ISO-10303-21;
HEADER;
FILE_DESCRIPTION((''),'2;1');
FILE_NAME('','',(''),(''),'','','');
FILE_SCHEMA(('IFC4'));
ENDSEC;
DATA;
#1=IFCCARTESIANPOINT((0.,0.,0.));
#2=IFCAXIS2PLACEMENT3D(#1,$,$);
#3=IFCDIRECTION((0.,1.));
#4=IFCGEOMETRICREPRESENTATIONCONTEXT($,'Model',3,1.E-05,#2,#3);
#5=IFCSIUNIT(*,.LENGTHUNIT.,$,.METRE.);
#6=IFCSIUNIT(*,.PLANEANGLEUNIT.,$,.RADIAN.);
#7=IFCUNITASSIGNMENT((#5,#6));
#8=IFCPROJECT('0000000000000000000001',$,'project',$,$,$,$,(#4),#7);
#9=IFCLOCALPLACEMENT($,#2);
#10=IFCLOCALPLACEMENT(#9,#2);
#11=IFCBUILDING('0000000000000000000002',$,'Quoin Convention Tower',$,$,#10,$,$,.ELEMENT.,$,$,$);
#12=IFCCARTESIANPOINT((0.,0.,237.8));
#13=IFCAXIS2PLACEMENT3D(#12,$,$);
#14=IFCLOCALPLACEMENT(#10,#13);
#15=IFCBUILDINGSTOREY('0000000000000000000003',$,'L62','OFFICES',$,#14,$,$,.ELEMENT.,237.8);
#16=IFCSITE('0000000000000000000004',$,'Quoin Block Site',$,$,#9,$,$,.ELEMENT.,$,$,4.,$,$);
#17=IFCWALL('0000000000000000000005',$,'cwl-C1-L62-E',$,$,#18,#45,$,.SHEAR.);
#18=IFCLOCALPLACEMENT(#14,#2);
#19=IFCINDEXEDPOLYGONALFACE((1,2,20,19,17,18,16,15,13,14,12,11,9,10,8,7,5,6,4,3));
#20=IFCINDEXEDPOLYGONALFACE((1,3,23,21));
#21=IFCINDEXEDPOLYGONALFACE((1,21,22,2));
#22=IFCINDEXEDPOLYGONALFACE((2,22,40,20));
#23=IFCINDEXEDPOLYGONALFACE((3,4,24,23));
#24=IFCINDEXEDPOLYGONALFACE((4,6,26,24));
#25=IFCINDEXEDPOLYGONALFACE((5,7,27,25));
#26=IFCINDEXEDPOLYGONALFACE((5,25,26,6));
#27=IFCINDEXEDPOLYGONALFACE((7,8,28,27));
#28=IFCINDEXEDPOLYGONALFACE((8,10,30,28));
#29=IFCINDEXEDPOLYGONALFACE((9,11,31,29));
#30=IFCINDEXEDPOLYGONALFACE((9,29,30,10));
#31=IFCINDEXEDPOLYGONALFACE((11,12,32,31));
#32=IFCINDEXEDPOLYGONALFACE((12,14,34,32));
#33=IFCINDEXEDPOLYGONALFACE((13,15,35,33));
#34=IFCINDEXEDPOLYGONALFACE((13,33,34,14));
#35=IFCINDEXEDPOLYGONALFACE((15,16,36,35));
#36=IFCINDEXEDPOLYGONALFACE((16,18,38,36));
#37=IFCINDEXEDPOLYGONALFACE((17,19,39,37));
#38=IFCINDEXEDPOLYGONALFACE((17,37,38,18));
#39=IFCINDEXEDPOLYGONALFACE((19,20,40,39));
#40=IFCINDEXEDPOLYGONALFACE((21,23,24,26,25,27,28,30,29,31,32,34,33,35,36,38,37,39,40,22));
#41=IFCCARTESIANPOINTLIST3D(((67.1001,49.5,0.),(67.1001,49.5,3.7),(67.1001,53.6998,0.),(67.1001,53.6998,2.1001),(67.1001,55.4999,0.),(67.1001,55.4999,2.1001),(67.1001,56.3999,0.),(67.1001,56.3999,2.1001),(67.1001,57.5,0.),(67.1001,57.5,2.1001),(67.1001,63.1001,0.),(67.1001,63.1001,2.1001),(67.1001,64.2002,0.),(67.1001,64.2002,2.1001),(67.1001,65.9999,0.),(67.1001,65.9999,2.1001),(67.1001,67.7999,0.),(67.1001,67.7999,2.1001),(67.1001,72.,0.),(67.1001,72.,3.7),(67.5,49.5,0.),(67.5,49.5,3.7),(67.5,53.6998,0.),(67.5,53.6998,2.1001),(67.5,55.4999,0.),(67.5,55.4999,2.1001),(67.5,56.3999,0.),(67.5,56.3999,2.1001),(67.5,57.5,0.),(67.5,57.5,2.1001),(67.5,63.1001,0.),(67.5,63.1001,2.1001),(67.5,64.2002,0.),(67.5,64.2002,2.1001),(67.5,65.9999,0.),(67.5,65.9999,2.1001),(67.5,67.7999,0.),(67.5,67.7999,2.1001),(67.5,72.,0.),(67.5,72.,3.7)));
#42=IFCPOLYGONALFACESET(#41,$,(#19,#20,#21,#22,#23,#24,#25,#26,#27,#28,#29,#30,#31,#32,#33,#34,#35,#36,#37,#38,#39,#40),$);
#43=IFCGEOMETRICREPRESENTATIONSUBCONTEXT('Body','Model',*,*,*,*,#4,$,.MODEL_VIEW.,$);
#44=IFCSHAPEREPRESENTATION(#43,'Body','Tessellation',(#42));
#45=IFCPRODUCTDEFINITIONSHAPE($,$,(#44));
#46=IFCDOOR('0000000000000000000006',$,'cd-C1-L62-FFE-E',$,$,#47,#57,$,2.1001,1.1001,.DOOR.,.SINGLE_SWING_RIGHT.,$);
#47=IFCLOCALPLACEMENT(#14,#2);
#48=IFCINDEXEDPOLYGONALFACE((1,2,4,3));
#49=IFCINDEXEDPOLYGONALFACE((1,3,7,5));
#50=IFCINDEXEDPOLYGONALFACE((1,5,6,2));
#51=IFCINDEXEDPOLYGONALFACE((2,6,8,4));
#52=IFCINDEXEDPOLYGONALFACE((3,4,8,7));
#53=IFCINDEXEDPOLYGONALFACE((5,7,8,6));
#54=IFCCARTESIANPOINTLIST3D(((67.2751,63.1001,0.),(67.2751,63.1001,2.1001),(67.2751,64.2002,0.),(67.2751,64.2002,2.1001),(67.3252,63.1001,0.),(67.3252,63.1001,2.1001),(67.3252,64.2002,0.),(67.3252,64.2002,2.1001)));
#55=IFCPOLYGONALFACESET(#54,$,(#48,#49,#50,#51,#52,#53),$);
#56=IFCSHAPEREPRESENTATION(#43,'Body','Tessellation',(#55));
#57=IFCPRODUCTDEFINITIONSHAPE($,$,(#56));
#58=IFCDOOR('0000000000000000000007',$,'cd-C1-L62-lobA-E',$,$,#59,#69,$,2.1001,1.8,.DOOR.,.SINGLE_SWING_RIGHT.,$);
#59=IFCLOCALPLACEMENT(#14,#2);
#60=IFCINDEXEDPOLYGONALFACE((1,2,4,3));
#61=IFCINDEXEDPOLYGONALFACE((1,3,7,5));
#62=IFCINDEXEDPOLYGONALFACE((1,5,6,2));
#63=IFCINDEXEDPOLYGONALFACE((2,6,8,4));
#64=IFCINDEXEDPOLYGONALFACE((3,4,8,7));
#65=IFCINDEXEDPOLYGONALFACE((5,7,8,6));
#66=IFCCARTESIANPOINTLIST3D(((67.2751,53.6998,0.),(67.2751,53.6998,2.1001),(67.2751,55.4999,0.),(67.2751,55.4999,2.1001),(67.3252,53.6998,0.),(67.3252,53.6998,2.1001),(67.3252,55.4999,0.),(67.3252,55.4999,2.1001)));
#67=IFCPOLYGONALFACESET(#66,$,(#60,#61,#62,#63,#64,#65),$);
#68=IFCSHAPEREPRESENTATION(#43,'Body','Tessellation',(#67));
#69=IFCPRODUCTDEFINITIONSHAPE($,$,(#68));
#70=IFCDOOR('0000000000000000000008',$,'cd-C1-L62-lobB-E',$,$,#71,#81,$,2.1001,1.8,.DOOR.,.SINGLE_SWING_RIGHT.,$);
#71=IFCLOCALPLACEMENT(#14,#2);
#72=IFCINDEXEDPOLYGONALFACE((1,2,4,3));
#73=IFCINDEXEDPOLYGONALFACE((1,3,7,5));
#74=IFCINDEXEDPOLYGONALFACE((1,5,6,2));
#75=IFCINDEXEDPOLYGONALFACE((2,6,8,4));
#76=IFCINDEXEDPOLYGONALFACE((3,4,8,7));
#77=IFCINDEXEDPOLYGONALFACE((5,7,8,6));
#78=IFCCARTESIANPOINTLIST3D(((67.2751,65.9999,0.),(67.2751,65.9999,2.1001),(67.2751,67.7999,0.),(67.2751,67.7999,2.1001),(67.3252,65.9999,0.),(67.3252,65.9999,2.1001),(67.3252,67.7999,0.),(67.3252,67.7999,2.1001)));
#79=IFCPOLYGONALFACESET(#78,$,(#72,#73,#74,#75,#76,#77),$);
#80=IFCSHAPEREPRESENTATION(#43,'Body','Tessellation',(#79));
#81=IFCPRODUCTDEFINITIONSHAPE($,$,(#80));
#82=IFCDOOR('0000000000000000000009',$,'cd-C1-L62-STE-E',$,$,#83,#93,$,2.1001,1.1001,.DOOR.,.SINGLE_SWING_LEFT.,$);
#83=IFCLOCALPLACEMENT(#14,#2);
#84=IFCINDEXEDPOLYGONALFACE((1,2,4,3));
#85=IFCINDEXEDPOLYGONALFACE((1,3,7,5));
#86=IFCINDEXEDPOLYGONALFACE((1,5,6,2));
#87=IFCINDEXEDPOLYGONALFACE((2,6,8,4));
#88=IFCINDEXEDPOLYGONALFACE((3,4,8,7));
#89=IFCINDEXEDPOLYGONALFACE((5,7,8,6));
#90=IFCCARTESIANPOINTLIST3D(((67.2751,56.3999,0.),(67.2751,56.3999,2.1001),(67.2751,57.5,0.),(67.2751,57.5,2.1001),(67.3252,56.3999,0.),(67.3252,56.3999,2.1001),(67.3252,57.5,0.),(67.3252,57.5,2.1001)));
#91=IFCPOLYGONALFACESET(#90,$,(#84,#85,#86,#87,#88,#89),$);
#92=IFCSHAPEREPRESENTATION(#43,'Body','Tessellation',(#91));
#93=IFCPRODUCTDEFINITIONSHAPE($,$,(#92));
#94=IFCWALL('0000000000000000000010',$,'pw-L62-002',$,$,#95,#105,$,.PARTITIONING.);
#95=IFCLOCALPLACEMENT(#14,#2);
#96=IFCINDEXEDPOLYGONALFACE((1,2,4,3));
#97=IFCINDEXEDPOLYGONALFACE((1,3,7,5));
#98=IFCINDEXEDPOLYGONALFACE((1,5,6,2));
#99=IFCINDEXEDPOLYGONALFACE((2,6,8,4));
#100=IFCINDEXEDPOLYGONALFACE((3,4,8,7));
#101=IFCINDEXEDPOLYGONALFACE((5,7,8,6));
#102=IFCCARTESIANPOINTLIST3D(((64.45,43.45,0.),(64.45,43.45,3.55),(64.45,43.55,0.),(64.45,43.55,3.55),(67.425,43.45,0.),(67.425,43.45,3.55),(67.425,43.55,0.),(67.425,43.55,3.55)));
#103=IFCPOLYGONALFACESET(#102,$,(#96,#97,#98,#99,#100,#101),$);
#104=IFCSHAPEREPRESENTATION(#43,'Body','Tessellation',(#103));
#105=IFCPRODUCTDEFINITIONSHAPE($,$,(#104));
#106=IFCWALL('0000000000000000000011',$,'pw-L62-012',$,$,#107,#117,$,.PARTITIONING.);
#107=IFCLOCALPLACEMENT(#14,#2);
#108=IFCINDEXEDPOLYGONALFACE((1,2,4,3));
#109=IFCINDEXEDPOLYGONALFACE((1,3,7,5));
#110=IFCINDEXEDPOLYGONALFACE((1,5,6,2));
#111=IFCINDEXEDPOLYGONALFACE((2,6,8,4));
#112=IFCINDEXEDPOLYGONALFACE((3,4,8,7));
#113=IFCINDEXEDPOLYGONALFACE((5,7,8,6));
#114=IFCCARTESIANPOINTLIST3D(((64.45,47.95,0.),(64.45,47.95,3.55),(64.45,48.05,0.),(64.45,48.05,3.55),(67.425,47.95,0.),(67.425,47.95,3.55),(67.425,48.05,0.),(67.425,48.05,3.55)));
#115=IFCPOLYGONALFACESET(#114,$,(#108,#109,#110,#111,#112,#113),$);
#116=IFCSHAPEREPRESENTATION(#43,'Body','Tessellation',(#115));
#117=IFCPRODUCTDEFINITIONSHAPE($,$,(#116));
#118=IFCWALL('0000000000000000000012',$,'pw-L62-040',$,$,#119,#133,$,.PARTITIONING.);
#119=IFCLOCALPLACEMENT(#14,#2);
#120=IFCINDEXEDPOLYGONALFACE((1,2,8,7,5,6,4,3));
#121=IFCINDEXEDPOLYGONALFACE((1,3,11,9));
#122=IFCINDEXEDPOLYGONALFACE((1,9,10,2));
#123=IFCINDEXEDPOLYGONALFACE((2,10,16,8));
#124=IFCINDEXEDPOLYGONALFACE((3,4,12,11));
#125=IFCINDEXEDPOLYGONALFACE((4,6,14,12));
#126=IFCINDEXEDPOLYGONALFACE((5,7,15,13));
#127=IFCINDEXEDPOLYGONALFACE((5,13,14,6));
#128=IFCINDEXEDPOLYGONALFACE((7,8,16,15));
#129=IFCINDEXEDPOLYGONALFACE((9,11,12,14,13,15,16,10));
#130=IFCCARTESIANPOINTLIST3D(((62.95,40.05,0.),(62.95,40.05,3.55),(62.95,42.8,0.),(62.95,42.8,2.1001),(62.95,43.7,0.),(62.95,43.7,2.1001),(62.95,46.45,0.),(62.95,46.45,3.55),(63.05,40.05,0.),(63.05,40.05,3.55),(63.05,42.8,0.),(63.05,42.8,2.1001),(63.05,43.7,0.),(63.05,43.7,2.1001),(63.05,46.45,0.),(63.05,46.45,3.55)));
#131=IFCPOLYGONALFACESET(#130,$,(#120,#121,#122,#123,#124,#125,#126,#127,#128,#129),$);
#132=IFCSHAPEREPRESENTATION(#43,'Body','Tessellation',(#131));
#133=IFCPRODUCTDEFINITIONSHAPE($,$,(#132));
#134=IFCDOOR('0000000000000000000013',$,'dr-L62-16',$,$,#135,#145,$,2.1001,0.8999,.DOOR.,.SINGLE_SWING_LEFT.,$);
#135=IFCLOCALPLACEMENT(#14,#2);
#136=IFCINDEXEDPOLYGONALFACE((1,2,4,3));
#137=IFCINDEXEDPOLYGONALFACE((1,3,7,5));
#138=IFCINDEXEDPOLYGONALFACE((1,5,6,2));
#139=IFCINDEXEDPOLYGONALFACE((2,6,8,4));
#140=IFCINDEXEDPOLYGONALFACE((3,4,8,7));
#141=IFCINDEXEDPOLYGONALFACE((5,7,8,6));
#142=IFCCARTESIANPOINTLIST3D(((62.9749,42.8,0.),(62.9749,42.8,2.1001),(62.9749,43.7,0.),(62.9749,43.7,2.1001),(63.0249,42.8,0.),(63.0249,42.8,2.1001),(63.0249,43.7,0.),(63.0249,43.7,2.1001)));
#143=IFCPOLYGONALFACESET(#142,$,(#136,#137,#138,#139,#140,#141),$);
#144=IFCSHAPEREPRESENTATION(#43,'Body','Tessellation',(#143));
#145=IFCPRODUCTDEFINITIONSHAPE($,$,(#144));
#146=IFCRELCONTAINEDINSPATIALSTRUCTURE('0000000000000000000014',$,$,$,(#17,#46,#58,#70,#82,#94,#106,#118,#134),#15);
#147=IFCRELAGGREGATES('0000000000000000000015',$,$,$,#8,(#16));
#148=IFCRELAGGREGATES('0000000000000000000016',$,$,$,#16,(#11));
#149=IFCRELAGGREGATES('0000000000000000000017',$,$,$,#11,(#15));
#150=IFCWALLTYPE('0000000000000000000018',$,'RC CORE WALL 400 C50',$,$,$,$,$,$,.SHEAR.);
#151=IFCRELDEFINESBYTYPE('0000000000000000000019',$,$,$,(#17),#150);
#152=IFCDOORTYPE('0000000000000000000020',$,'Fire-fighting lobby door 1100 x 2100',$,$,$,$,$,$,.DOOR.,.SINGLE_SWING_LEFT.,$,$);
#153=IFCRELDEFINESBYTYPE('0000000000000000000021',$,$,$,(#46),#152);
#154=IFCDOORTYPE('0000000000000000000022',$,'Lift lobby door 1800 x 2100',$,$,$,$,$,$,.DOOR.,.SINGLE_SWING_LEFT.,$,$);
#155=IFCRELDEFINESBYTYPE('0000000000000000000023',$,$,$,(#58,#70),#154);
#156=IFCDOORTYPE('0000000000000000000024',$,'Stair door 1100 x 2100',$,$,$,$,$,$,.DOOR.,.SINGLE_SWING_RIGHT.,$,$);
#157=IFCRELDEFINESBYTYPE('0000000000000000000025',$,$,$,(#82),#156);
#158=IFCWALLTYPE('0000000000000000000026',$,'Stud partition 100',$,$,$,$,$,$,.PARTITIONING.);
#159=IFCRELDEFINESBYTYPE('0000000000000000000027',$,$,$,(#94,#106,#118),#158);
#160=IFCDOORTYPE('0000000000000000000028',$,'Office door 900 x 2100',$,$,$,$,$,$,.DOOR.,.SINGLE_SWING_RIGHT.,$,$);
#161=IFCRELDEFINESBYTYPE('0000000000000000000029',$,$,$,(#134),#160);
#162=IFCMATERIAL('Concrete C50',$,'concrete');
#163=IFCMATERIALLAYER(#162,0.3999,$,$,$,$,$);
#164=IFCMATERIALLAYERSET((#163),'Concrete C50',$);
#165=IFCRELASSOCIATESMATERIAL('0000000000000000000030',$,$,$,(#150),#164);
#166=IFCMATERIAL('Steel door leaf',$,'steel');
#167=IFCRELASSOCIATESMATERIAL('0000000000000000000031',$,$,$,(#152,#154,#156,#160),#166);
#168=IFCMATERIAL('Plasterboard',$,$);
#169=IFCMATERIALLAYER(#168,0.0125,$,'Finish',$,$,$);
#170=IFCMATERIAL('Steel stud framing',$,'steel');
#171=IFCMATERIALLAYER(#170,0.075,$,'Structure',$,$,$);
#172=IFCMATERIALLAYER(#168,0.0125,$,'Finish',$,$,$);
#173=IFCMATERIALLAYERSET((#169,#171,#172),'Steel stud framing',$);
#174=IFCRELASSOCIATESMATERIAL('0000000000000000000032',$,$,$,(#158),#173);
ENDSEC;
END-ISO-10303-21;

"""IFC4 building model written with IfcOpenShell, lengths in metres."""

from ifc_helpers import new_model, si_unit, direction, frame, frame_2d, origin, place, context, subcontext, project, spatial, rectangle, extrude, material, layer, layer_set, type_object, element, fill, save


model = new_model("IFC4")

# Units and contexts
model_context = context("Model", 3, precision=1e-05, world=origin(), true_north=direction((0.0, 1.0)))
body_context = subcontext(model_context, "Body", "Model", "MODEL_VIEW")
ifc_project = project(units=[si_unit("LENGTHUNIT", "METRE"), si_unit("PLANEANGLEUNIT", "RADIAN")], contexts=[model_context])

# Site, building, storey
site_placement = place(None, origin())
site = spatial("IfcSite", under=ifc_project, at=site_placement, Name="Quoin Block Site", CompositionType="ELEMENT", RefElevation=4.0)
building_placement = place(site_placement, origin())
building = spatial("IfcBuilding", under=site, at=building_placement, Name="Quoin Convention Tower", CompositionType="ELEMENT")
storey_placement = place(building_placement, frame((0.0, 0.0, 237.8)))
storey = spatial("IfcBuildingStorey", under=building, at=storey_placement, Name="L62", Description="OFFICES", CompositionType="ELEMENT", Elevation=237.8)

# Shared definitions
ifc_material_1 = material(Name="Concrete C50", Category="concrete")

# Shared definitions
ifc_material_2 = material(Name="Plasterboard")
ifc_material_3 = material(Name="Steel stud framing", Category="steel")

# Shared definitions
ifc_material_4 = material(Name="Steel door leaf", Category="steel")

# Wall, openings, doors
ifc_layer_1 = layer(ifc_material_1, 0.3999)
ifc_layer_set_1 = layer_set([ifc_layer_1], Name="Concrete C50")
wall_type_1 = type_object("IfcWallType", Name="RC CORE WALL 400 C50", PredefinedType="SHEAR", material=ifc_layer_set_1)
wall_1_placement = place(storey_placement, frame((67.3, 49.5, 0.0), z_axis=(0.0, 0.0, 1.0), x_axis=(0.0, 1.0, 0.0)))
wall_1 = element("IfcWall", 1, at=wall_1_placement, inside=storey, type_object=wall_type_1, Name="cwl-C1-L62-E", PredefinedType="SHEAR", context=body_context, shape_type="SweptSolid", body=[
    extrude(rectangle(XDim=22.5, YDim=0.3999, at=frame_2d((11.25, 0.0))), origin(), (0.0, 0.0, 1.0), 3.7),
])
opening_1_placement = place(wall_1_placement, frame((4.2, 0.0, 0.0)))
opening_1 = element("IfcOpeningElement", 2, at=opening_1_placement, cuts=wall_1, PredefinedType="OPENING", context=body_context, shape_type="SweptSolid", body=[
    extrude(rectangle(XDim=1.8, YDim=2.1001, at=frame_2d((0.8999, 1.05))), frame((0.0, 0.21, 0.0), z_axis=(0.0, -1.0, 0.0), x_axis=(1.0, 0.0, 0.0)), (0.0, 0.0, 1.0), 0.4199),
])
opening_2_placement = place(wall_1_placement, frame((6.8999, 0.0, 0.0)))
opening_2 = element("IfcOpeningElement", 3, at=opening_2_placement, cuts=wall_1, PredefinedType="OPENING", context=body_context, shape_type="SweptSolid", body=[
    extrude(rectangle(XDim=1.1001, YDim=2.1001, at=frame_2d((0.55, 1.05))), frame((0.0, 0.21, 0.0), z_axis=(0.0, -1.0, 0.0), x_axis=(1.0, 0.0, 0.0)), (0.0, 0.0, 1.0), 0.4199),
])
opening_3_placement = place(wall_1_placement, frame((13.6001, 0.0, 0.0)))
opening_3 = element("IfcOpeningElement", 4, at=opening_3_placement, cuts=wall_1, PredefinedType="OPENING", context=body_context, shape_type="SweptSolid", body=[
    extrude(rectangle(XDim=1.1001, YDim=2.1001, at=frame_2d((0.55, 1.05))), frame((0.0, 0.21, 0.0), z_axis=(0.0, -1.0, 0.0), x_axis=(1.0, 0.0, 0.0)), (0.0, 0.0, 1.0), 0.4199),
])
opening_4_placement = place(wall_1_placement, frame((16.5, 0.0, 0.0)))
opening_4 = element("IfcOpeningElement", 5, at=opening_4_placement, cuts=wall_1, PredefinedType="OPENING", context=body_context, shape_type="SweptSolid", body=[
    extrude(rectangle(XDim=1.8, YDim=2.1001, at=frame_2d((0.8999, 1.05))), frame((0.0, 0.21, 0.0), z_axis=(0.0, -1.0, 0.0), x_axis=(1.0, 0.0, 0.0)), (0.0, 0.0, 1.0), 0.4199),
])
door_type_1 = type_object("IfcDoorType", Name="Fire-fighting lobby door 1100 x 2100", OperationType="SINGLE_SWING_LEFT", PredefinedType="DOOR", material=ifc_material_4)
door_1_placement = place(opening_3_placement, origin())
door_1 = element("IfcDoor", 6, at=door_1_placement, inside=storey, type_object=door_type_1, Name="cd-C1-L62-FFE-E", OperationType="SINGLE_SWING_RIGHT", OverallHeight=2.1001, OverallWidth=1.1001, PredefinedType="DOOR", context=body_context, shape_type="SweptSolid", body=[
    extrude(rectangle(XDim=1.1001, YDim=2.1001, at=frame_2d((0.55, 1.05))), frame((0.0, 0.0249, 0.0), z_axis=(0.0, -1.0, 0.0), x_axis=(1.0, 0.0, 0.0)), (0.0, 0.0, 1.0), 0.05),
])
fill(opening_3, door_1)
door_type_2 = type_object("IfcDoorType", Name="Lift lobby door 1800 x 2100", OperationType="SINGLE_SWING_LEFT", PredefinedType="DOOR", material=ifc_material_4)
door_2_placement = place(opening_1_placement, origin())
door_2 = element("IfcDoor", 7, at=door_2_placement, inside=storey, type_object=door_type_2, Name="cd-C1-L62-lobA-E", OperationType="SINGLE_SWING_RIGHT", OverallHeight=2.1001, OverallWidth=1.8, PredefinedType="DOOR", context=body_context, shape_type="SweptSolid", body=[
    extrude(rectangle(XDim=1.8, YDim=2.1001, at=frame_2d((0.8999, 1.05))), frame((0.0, 0.0249, 0.0), z_axis=(0.0, -1.0, 0.0), x_axis=(1.0, 0.0, 0.0)), (0.0, 0.0, 1.0), 0.05),
])
fill(opening_1, door_2)
door_3_placement = place(opening_4_placement, origin())
door_3 = element("IfcDoor", 8, at=door_3_placement, inside=storey, type_object=door_type_2, Name="cd-C1-L62-lobB-E", OperationType="SINGLE_SWING_RIGHT", OverallHeight=2.1001, OverallWidth=1.8, PredefinedType="DOOR", context=body_context, shape_type="SweptSolid", body=[
    extrude(rectangle(XDim=1.8, YDim=2.1001, at=frame_2d((0.8999, 1.05))), frame((0.0, 0.0249, 0.0), z_axis=(0.0, -1.0, 0.0), x_axis=(1.0, 0.0, 0.0)), (0.0, 0.0, 1.0), 0.05),
])
fill(opening_4, door_3)
door_type_3 = type_object("IfcDoorType", Name="Stair door 1100 x 2100", OperationType="SINGLE_SWING_RIGHT", PredefinedType="DOOR", material=ifc_material_4)
door_4_placement = place(opening_2_placement, origin())
door_4 = element("IfcDoor", 9, at=door_4_placement, inside=storey, type_object=door_type_3, Name="cd-C1-L62-STE-E", OperationType="SINGLE_SWING_LEFT", OverallHeight=2.1001, OverallWidth=1.1001, PredefinedType="DOOR", context=body_context, shape_type="SweptSolid", body=[
    extrude(rectangle(XDim=1.1001, YDim=2.1001, at=frame_2d((0.55, 1.05))), frame((0.0, 0.0249, 0.0), z_axis=(0.0, -1.0, 0.0), x_axis=(1.0, 0.0, 0.0)), (0.0, 0.0, 1.0), 0.05),
])
fill(opening_2, door_4)

# Walls
ifc_layer_2 = layer(ifc_material_2, 0.0125, Name="Finish")
ifc_layer_3 = layer(ifc_material_3, 0.075, Name="Structure")
ifc_layer_4 = layer(ifc_material_2, 0.0125, Name="Finish")
ifc_layer_set_2 = layer_set([ifc_layer_2, ifc_layer_3, ifc_layer_4], Name="Steel stud framing")
wall_type_2 = type_object("IfcWallType", Name="Stud partition 100", PredefinedType="PARTITIONING", material=ifc_layer_set_2)
for number, where, z_axis, x_axis, name in (
    (10, (64.45, 43.5, 0.0), (0.0, 0.0, 1.0), (1.0, 0.0, 0.0), "pw-L62-002"),
    (11, (64.45, 48.0, 0.0), (0.0, 0.0, 1.0), (1.0, 0.0, 0.0), "pw-L62-012"),
):
    element("IfcWall", number, at=place(storey_placement, frame(where, z_axis=z_axis, x_axis=x_axis)), inside=storey, type_object=wall_type_2, Name=name, PredefinedType="PARTITIONING", context=body_context, shape_type="SweptSolid", body=[
        extrude(rectangle(XDim=2.9751, YDim=0.1001, at=frame_2d((1.4875, 0.0))), origin(), (0.0, 0.0, 1.0), 3.55),
    ])

# Wall, opening, door
wall_2_placement = place(storey_placement, frame((63.0, 40.05, 0.0), z_axis=(0.0, 0.0, 1.0), x_axis=(0.0, 1.0, 0.0)))
wall_2 = element("IfcWall", 12, at=wall_2_placement, inside=storey, type_object=wall_type_2, Name="pw-L62-040", PredefinedType="PARTITIONING", context=body_context, shape_type="SweptSolid", body=[
    extrude(rectangle(XDim=6.3999, YDim=0.1001, at=frame_2d((3.2, 0.0))), origin(), (0.0, 0.0, 1.0), 3.55),
])
opening_5_placement = place(wall_2_placement, frame((2.75, 0.0, 0.0)))
opening_5 = element("IfcOpeningElement", 13, at=opening_5_placement, cuts=wall_2, PredefinedType="OPENING", context=body_context, shape_type="SweptSolid", body=[
    extrude(rectangle(XDim=0.8999, YDim=2.1001, at=frame_2d((0.45, 1.05))), frame((0.0, 0.0601, 0.0), z_axis=(0.0, -1.0, 0.0), x_axis=(1.0, 0.0, 0.0)), (0.0, 0.0, 1.0), 0.1201),
])
door_type_4 = type_object("IfcDoorType", Name="Office door 900 x 2100", OperationType="SINGLE_SWING_RIGHT", PredefinedType="DOOR", material=ifc_material_4)
door_5_placement = place(opening_5_placement, frame((0.8999, 0.0, 0.0), z_axis=(0.0, 0.0, 1.0), x_axis=(-1.0, 0.0, 0.0)))
door_5 = element("IfcDoor", 14, at=door_5_placement, inside=storey, type_object=door_type_4, Name="dr-L62-16", OperationType="SINGLE_SWING_LEFT", OverallHeight=2.1001, OverallWidth=0.8999, PredefinedType="DOOR", context=body_context, shape_type="SweptSolid", body=[
    extrude(rectangle(XDim=0.8999, YDim=2.1001, at=frame_2d((0.45, 1.05))), frame((0.0, 0.0249, 0.0), z_axis=(0.0, -1.0, 0.0), x_axis=(1.0, 0.0, 0.0)), (0.0, 0.0, 1.0), 0.05),
])
fill(opening_5, door_5)

save(model, "model.ifc")
